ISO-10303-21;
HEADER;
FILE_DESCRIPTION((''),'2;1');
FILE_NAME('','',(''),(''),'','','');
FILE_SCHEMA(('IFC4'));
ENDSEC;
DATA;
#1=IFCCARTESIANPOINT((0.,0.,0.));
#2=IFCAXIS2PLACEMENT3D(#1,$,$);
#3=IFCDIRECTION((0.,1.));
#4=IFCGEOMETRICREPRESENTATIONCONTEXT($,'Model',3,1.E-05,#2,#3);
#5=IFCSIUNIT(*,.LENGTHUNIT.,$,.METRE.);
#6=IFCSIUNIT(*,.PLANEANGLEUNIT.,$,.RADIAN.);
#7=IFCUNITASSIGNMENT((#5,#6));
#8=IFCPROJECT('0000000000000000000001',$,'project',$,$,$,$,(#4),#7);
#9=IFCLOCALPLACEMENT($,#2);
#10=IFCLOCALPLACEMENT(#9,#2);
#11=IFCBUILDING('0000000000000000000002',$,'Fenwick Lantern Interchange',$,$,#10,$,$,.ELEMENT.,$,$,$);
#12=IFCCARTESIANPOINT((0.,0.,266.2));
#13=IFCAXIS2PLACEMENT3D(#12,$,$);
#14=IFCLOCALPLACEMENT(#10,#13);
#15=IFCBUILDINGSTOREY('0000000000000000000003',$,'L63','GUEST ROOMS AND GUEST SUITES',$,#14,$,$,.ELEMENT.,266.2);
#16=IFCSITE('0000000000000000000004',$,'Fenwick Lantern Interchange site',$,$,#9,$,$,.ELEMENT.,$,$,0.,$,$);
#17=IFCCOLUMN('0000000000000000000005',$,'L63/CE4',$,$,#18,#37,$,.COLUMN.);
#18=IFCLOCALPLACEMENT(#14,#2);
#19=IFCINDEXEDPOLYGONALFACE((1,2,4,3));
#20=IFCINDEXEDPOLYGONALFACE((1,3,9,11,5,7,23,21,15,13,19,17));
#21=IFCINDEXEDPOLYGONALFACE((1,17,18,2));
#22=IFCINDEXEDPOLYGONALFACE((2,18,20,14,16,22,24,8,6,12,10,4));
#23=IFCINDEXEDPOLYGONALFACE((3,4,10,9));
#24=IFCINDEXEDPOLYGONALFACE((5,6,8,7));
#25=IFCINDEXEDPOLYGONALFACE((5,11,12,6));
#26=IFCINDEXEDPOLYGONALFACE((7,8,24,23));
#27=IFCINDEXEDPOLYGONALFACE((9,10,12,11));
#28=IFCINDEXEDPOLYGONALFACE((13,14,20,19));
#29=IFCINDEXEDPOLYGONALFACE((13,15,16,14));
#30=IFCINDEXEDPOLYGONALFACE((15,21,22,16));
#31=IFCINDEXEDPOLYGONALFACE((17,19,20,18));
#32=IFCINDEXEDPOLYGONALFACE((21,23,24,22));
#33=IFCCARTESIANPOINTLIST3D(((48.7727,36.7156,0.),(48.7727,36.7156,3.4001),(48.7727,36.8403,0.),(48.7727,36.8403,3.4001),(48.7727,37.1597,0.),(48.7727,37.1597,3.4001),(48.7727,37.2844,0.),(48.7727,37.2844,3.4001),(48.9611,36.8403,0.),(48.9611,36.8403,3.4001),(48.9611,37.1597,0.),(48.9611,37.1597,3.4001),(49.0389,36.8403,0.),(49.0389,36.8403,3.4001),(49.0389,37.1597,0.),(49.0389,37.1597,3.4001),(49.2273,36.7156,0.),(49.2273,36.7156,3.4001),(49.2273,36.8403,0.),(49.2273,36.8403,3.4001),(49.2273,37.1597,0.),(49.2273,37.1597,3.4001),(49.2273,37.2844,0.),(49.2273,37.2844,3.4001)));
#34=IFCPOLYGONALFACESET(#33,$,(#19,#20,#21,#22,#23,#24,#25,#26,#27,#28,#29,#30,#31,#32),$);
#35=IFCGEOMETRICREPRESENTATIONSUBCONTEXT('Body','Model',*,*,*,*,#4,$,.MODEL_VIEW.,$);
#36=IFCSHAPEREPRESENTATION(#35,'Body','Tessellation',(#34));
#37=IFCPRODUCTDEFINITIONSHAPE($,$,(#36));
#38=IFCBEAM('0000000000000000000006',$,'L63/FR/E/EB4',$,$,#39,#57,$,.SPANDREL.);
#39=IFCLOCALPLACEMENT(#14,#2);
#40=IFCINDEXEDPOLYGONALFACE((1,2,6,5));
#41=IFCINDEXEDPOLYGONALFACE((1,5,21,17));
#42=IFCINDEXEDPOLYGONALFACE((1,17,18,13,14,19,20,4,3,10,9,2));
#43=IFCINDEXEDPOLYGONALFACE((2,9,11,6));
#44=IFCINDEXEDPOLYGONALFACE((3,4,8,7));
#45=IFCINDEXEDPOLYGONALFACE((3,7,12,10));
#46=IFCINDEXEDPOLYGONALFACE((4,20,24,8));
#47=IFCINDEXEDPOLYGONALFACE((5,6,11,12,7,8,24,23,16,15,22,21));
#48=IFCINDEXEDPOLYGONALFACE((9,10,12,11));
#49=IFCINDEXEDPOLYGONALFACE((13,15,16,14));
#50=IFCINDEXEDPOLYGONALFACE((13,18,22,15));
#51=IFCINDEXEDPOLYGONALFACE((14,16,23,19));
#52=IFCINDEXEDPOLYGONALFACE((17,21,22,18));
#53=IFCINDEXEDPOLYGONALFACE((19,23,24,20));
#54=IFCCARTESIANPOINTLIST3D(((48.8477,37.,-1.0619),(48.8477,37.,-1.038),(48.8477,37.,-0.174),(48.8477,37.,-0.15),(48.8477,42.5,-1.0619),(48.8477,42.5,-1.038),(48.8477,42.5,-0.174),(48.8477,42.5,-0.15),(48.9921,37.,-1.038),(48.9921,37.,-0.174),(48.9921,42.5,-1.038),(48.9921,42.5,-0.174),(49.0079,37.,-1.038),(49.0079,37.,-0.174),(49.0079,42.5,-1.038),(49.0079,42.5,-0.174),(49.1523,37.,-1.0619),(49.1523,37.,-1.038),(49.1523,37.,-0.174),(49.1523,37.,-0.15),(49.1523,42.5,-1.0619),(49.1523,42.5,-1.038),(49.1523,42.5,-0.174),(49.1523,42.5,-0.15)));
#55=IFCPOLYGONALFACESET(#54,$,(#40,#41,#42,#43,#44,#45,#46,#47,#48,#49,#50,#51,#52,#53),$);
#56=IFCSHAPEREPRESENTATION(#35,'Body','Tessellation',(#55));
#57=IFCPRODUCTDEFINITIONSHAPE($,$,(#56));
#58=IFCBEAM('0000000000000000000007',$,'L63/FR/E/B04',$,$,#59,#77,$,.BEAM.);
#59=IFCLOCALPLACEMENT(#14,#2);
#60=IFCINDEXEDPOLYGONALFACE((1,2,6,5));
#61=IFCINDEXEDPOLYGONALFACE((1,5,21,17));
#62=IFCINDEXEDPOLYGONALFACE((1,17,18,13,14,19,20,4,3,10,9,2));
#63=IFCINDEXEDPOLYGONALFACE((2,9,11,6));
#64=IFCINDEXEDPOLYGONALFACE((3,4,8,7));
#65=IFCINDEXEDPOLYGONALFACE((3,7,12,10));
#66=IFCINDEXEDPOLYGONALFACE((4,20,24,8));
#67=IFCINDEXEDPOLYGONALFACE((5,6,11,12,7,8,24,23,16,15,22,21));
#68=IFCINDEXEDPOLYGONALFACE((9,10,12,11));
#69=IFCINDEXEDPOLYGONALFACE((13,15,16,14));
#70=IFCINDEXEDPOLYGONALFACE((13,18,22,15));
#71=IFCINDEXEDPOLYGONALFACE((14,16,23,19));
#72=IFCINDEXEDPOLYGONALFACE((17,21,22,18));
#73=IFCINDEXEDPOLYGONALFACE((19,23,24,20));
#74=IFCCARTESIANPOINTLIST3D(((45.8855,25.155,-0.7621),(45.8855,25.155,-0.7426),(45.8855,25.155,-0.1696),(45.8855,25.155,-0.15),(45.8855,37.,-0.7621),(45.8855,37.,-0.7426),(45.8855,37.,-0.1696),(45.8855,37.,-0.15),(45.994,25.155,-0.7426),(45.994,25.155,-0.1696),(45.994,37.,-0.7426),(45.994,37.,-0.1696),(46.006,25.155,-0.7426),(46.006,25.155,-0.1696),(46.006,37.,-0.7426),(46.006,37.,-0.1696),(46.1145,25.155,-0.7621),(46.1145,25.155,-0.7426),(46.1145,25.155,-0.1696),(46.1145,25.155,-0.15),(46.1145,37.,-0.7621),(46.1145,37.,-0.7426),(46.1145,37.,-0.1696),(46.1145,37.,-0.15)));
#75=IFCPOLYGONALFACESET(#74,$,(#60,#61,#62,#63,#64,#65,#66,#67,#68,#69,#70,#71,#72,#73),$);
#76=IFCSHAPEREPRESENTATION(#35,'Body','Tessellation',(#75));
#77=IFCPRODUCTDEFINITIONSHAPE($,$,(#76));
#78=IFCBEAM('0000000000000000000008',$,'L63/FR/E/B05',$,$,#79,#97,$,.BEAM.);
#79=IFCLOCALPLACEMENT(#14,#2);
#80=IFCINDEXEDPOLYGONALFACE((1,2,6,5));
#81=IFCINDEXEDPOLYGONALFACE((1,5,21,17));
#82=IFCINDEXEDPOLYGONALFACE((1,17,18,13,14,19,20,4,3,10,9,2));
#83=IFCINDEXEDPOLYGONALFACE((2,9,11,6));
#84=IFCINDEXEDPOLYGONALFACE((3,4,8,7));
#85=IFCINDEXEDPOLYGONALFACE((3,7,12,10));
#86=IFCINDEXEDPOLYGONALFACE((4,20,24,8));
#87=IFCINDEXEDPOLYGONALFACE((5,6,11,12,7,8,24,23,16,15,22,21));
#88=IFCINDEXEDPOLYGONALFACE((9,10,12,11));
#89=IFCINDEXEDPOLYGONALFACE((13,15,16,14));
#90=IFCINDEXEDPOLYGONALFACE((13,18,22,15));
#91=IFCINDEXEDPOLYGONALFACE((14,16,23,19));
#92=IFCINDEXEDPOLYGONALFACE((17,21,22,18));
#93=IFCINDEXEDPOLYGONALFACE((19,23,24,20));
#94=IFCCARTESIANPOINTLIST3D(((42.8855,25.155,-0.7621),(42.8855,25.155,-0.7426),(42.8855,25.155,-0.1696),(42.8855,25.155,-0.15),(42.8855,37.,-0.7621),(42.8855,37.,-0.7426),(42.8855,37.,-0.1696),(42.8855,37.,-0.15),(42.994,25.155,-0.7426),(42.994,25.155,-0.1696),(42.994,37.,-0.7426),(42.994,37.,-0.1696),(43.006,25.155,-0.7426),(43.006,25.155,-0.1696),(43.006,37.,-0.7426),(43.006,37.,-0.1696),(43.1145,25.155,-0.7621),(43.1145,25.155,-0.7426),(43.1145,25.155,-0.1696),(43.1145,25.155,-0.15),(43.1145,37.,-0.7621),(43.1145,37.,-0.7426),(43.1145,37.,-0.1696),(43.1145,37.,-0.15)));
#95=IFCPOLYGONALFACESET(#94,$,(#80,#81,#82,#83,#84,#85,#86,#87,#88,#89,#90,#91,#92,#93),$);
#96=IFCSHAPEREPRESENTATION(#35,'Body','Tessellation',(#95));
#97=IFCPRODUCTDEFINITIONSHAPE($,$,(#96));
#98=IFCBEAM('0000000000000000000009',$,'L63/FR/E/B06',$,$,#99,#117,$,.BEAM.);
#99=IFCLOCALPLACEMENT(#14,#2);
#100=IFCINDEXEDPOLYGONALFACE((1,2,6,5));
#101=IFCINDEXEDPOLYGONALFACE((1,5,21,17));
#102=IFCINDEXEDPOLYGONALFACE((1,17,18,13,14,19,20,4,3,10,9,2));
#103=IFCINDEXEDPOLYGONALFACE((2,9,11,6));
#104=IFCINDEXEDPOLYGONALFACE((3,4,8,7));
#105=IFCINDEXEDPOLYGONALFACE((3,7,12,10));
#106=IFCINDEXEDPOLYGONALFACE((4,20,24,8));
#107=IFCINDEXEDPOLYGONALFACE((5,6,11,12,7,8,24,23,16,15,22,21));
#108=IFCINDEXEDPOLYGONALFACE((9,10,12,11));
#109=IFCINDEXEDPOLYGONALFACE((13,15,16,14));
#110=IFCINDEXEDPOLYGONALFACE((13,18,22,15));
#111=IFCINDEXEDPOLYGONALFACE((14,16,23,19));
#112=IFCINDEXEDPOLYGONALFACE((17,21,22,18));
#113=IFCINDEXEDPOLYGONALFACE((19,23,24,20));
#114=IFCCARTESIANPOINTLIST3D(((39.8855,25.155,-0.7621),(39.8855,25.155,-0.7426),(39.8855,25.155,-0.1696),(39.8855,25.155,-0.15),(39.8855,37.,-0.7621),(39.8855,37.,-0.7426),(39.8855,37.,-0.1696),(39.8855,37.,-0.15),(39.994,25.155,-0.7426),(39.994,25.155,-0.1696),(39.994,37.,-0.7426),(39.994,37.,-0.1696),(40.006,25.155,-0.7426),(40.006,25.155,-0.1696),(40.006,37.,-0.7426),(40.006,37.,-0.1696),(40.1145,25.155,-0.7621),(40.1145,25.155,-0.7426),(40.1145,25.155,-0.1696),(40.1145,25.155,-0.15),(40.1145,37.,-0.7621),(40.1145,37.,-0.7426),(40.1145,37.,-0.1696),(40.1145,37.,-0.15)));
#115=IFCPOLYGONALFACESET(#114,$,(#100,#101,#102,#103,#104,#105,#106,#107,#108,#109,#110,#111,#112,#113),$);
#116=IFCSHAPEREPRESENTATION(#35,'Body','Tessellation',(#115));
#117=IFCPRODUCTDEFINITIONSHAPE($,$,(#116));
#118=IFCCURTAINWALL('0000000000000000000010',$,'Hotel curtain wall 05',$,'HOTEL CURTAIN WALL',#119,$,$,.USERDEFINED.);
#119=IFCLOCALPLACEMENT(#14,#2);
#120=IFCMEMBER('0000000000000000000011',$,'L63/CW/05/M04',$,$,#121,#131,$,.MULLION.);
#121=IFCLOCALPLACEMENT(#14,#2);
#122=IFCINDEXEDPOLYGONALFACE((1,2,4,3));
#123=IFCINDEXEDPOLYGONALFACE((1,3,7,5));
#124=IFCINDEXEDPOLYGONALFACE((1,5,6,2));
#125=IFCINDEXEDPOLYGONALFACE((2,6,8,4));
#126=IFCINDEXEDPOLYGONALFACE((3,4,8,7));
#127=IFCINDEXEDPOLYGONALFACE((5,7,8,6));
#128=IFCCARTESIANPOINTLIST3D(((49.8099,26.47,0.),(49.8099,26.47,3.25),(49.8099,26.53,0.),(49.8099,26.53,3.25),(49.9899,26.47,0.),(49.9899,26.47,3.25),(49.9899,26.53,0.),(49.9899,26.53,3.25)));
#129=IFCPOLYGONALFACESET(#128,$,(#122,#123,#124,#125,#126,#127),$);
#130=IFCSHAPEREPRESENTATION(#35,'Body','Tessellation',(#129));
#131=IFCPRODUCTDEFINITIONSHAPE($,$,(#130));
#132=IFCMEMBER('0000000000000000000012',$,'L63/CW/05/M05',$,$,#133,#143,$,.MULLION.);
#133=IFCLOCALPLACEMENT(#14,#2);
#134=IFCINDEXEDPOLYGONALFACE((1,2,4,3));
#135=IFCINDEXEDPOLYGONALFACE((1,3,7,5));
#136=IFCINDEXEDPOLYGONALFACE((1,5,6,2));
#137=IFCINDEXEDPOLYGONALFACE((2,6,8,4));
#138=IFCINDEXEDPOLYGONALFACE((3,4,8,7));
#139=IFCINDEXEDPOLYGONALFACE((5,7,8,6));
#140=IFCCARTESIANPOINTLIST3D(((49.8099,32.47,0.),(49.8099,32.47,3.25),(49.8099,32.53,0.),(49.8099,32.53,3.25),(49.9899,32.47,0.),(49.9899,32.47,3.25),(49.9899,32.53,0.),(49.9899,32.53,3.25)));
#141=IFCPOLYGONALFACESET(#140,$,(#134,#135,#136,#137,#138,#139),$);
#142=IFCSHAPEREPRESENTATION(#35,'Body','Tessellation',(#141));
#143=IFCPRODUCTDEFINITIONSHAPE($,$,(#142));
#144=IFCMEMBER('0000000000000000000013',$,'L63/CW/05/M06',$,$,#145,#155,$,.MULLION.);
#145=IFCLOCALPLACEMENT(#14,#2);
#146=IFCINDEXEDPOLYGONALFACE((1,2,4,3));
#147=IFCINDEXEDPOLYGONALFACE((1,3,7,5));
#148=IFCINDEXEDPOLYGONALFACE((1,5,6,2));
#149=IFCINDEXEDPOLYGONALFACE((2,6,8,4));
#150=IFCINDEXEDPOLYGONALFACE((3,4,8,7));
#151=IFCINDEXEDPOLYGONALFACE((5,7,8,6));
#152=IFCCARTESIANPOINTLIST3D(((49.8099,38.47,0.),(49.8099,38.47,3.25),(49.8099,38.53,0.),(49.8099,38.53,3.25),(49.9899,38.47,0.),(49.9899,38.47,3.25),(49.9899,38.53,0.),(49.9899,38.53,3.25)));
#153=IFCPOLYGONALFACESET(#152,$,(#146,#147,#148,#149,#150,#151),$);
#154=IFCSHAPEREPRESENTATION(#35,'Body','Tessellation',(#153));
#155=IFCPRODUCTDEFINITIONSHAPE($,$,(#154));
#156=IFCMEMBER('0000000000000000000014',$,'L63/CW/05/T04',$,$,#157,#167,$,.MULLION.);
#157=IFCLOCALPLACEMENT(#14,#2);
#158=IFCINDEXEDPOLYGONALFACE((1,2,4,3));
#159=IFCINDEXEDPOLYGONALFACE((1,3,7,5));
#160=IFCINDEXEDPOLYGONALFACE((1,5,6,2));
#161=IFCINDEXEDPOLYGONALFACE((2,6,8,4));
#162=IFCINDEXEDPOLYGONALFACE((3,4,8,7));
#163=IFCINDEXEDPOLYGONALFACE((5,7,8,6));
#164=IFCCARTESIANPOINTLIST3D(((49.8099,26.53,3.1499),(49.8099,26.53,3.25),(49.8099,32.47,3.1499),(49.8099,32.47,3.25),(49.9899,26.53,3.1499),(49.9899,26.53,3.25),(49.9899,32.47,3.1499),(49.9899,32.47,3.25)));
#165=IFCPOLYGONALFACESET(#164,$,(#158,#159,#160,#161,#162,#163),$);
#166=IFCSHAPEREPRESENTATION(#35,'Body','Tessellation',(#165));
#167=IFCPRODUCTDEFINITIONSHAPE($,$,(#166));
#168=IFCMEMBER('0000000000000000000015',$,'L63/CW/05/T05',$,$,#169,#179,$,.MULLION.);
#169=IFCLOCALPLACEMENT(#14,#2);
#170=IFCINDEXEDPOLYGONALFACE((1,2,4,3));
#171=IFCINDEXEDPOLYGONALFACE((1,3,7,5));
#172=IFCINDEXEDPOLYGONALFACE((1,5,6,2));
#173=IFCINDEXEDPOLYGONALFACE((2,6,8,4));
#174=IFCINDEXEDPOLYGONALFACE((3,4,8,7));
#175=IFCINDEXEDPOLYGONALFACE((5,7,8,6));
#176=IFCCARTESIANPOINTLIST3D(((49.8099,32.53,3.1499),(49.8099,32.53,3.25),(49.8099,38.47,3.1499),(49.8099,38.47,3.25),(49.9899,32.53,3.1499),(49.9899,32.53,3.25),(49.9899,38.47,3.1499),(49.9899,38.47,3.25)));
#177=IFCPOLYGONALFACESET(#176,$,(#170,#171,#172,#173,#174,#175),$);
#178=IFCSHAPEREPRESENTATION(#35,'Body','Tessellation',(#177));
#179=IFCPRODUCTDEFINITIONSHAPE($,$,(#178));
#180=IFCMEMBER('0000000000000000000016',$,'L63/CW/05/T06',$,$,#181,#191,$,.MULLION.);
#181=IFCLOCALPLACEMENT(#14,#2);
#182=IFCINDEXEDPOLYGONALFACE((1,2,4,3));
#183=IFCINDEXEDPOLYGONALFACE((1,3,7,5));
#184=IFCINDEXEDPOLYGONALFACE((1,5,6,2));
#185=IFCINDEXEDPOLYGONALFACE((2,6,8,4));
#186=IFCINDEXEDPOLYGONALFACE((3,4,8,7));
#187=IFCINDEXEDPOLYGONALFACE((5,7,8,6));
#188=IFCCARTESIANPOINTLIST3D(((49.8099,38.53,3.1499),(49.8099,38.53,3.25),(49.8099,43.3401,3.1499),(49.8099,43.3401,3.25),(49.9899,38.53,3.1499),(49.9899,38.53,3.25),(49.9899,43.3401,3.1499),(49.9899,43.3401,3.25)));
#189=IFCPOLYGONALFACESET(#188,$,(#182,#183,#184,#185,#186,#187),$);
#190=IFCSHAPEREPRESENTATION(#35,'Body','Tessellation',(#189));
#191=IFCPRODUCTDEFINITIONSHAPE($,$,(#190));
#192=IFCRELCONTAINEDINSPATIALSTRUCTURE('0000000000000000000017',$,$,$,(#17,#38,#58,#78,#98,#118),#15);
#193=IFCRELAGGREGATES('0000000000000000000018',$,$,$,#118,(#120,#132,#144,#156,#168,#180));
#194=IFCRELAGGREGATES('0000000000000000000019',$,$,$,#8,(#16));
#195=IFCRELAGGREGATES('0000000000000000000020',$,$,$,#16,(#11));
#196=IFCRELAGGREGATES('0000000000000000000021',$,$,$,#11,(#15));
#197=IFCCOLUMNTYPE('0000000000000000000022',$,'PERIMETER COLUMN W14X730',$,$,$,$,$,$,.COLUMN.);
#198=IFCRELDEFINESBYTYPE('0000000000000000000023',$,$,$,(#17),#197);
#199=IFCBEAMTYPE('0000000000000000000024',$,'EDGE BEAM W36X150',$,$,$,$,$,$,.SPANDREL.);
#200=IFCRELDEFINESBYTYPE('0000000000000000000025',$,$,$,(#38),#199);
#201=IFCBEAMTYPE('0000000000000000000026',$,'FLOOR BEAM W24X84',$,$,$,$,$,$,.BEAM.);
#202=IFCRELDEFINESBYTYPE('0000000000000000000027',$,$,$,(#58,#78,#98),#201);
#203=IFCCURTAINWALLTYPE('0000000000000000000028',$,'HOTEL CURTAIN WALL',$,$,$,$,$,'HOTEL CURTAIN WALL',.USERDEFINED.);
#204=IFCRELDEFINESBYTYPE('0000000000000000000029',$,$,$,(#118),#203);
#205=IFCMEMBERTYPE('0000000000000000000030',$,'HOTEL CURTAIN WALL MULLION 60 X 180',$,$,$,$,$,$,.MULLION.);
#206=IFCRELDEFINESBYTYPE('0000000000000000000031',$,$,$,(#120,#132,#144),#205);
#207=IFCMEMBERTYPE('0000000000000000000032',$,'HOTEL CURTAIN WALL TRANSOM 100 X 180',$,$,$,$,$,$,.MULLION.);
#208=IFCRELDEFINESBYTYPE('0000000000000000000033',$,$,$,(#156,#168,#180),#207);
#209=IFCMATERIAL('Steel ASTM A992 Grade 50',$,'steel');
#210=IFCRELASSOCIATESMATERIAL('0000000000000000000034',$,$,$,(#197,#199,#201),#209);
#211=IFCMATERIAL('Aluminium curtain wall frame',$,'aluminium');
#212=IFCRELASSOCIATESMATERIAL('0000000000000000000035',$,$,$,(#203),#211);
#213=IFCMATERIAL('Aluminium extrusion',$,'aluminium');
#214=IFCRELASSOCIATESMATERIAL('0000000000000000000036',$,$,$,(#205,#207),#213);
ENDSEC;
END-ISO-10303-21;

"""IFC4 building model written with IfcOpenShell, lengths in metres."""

from ifc_helpers import new_model, si_unit, direction, frame, origin, origin_2d, place, context, subcontext, project, spatial, rectangle, i_section, extrude, material, material_profile, profile_set, type_object, element, aggregate, save


model = new_model("IFC4")

# Units and contexts
model_context = context("Model", 3, precision=1e-05, world=origin(), true_north=direction((0.0, 1.0)))
body_context = subcontext(model_context, "Body", "Model", "MODEL_VIEW")
ifc_project = project(units=[si_unit("LENGTHUNIT", "METRE"), si_unit("PLANEANGLEUNIT", "RADIAN")], contexts=[model_context])

# Site, building, storey
site_placement = place(None, origin())
site = spatial("IfcSite", under=ifc_project, at=site_placement, Name="Fenwick Lantern Interchange site", CompositionType="ELEMENT", RefElevation=0.0)
building_placement = place(site_placement, origin())
building = spatial("IfcBuilding", under=site, at=building_placement, Name="Fenwick Lantern Interchange", CompositionType="ELEMENT")
storey_placement = place(building_placement, frame((0.0, 0.0, 266.2)))
storey = spatial("IfcBuildingStorey", under=building, at=storey_placement, Name="L63", Description="GUEST ROOMS AND GUEST SUITES", CompositionType="ELEMENT", Elevation=266.2)

# Column
ifc_material_1 = material(Name="Steel ASTM A992 Grade 50", Category="steel")
ifc_material_profile_1 = material_profile(ifc_material_1, i_section(OverallWidth=0.4546, OverallDepth=0.5688, WebThickness=0.0779, FlangeThickness=0.1248, at=origin_2d()), Name="W14X730")
ifc_profile_set_1 = profile_set([ifc_material_profile_1], Name="Steel ASTM A992 Grade 50")
column_type = type_object("IfcColumnType", Name="PERIMETER COLUMN W14X730", PredefinedType="COLUMN", material=ifc_profile_set_1)
column_placement = place(storey_placement, frame((49.0, 37.0, 0.0), z_axis=(0.0, 0.0, 1.0), x_axis=(1.0, 0.0, 0.0)))
element("IfcColumn", 1, at=column_placement, inside=storey, type_object=column_type, Name="L63/CE4", PredefinedType="COLUMN", context=body_context, shape_type="SweptSolid", body=[
    extrude(i_section(OverallWidth=0.4546, OverallDepth=0.5688, WebThickness=0.0779, FlangeThickness=0.1248, at=origin_2d()), origin(), (0.0, 0.0, 1.0), 3.4001),
])

# Beams
ifc_material_profile_2 = material_profile(ifc_material_1, i_section(OverallWidth=0.3047, OverallDepth=0.9119, WebThickness=0.0159, FlangeThickness=0.0239, at=origin_2d()), Name="W36X150")
ifc_profile_set_2 = profile_set([ifc_material_profile_2], Name="Steel ASTM A992 Grade 50")
beam_type_1 = type_object("IfcBeamType", Name="EDGE BEAM W36X150", PredefinedType="SPANDREL", material=ifc_profile_set_2)
beam_1_placement = place(storey_placement, frame((49.0, 37.0, -0.606), z_axis=(0.0, 1.0, 0.0), x_axis=(-1.0, 0.0, 0.0)))
element("IfcBeam", 2, at=beam_1_placement, inside=storey, type_object=beam_type_1, Name="L63/FR/E/EB4", PredefinedType="SPANDREL", context=body_context, shape_type="SweptSolid", body=[
    extrude(i_section(OverallWidth=0.3047, OverallDepth=0.9119, WebThickness=0.0159, FlangeThickness=0.0239, at=origin_2d()), origin(), (0.0, 0.0, 1.0), 5.5),
])
ifc_material_profile_3 = material_profile(ifc_material_1, i_section(OverallWidth=0.229, OverallDepth=0.6121, WebThickness=0.012, FlangeThickness=0.0195, at=origin_2d()), Name="W24X84")
ifc_profile_set_3 = profile_set([ifc_material_profile_3], Name="Steel ASTM A992 Grade 50")
beam_type_2 = type_object("IfcBeamType", Name="FLOOR BEAM W24X84", PredefinedType="BEAM", material=ifc_profile_set_3)
for number, where, z_axis, x_axis, name in (
    (3, (46.0, 25.155, -0.4561), (0.0, 1.0, 0.0), (-1.0, 0.0, 0.0), "L63/FR/E/B04"),
    (4, (43.0, 25.155, -0.4561), (0.0, 1.0, 0.0), (-1.0, 0.0, 0.0), "L63/FR/E/B05"),
    (5, (40.0, 25.155, -0.4561), (0.0, 1.0, 0.0), (-1.0, 0.0, 0.0), "L63/FR/E/B06"),
):
    element("IfcBeam", number, at=place(storey_placement, frame(where, z_axis=z_axis, x_axis=x_axis)), inside=storey, type_object=beam_type_2, Name=name, PredefinedType="BEAM", context=body_context, shape_type="SweptSolid", body=[
        extrude(i_section(OverallWidth=0.229, OverallDepth=0.6121, WebThickness=0.012, FlangeThickness=0.0195, at=origin_2d()), origin(), (0.0, 0.0, 1.0), 11.845),
    ])

# Curtain wall, members
ifc_material_2 = material(Name="Aluminium curtain wall frame", Category="aluminium")
curtain_wall_type = type_object("IfcCurtainWallType", Name="HOTEL CURTAIN WALL", ElementType="HOTEL CURTAIN WALL", PredefinedType="USERDEFINED", material=ifc_material_2)
curtain_wall_placement = place(storey_placement, origin())
curtain_wall = element("IfcCurtainWall", 6, at=curtain_wall_placement, inside=storey, type_object=curtain_wall_type, Name="Hotel curtain wall 05", ObjectType="HOTEL CURTAIN WALL", PredefinedType="USERDEFINED")
ifc_material_3 = material(Name="Aluminium extrusion", Category="aluminium")
ifc_material_profile_4 = material_profile(ifc_material_3, rectangle(XDim=0.1799, YDim=0.0601, at=origin_2d()), Name="HOTEL CURTAIN WALL MULLION 60 X 180")
ifc_profile_set_4 = profile_set([ifc_material_profile_4], Name="Aluminium extrusion")
member_type_1 = type_object("IfcMemberType", Name="HOTEL CURTAIN WALL MULLION 60 X 180", PredefinedType="MULLION", material=ifc_profile_set_4)
member_1_placement = place(storey_placement, frame((49.8999, 26.5, 0.0), z_axis=(0.0, 0.0, 1.0), x_axis=(-1.0, 0.0, 0.0)))
member_1 = element("IfcMember", 7, at=member_1_placement, type_object=member_type_1, Name="L63/CW/05/M04", PredefinedType="MULLION", context=body_context, shape_type="SweptSolid", body=[
    extrude(rectangle(XDim=0.1799, YDim=0.0601, at=origin_2d()), origin(), (0.0, 0.0, 1.0), 3.25),
])
member_2_placement = place(storey_placement, frame((49.8999, 32.5, 0.0), z_axis=(0.0, 0.0, 1.0), x_axis=(-1.0, 0.0, 0.0)))
member_2 = element("IfcMember", 8, at=member_2_placement, type_object=member_type_1, Name="L63/CW/05/M05", PredefinedType="MULLION", context=body_context, shape_type="SweptSolid", body=[
    extrude(rectangle(XDim=0.1799, YDim=0.0601, at=origin_2d()), origin(), (0.0, 0.0, 1.0), 3.25),
])
member_3_placement = place(storey_placement, frame((49.8999, 38.5, 0.0), z_axis=(0.0, 0.0, 1.0), x_axis=(-1.0, 0.0, 0.0)))
member_3 = element("IfcMember", 9, at=member_3_placement, type_object=member_type_1, Name="L63/CW/05/M06", PredefinedType="MULLION", context=body_context, shape_type="SweptSolid", body=[
    extrude(rectangle(XDim=0.1799, YDim=0.0601, at=origin_2d()), origin(), (0.0, 0.0, 1.0), 3.25),
])
ifc_material_profile_5 = material_profile(ifc_material_3, rectangle(XDim=0.1799, YDim=0.1001, at=origin_2d()), Name="HOTEL CURTAIN WALL TRANSOM 100 X 180")
ifc_profile_set_5 = profile_set([ifc_material_profile_5], Name="Aluminium extrusion")
member_type_2 = type_object("IfcMemberType", Name="HOTEL CURTAIN WALL TRANSOM 100 X 180", PredefinedType="MULLION", material=ifc_profile_set_5)
member_4_placement = place(storey_placement, frame((49.8999, 26.53, 3.2), z_axis=(0.0, 1.0, 0.0), x_axis=(-1.0, 0.0, 0.0)))
member_4 = element("IfcMember", 10, at=member_4_placement, type_object=member_type_2, Name="L63/CW/05/T04", PredefinedType="MULLION", context=body_context, shape_type="SweptSolid", body=[
    extrude(rectangle(XDim=0.1799, YDim=0.1001, at=origin_2d()), origin(), (0.0, 0.0, 1.0), 5.9399),
])
member_5_placement = place(storey_placement, frame((49.8999, 32.53, 3.2), z_axis=(0.0, 1.0, 0.0), x_axis=(-1.0, 0.0, 0.0)))
member_5 = element("IfcMember", 11, at=member_5_placement, type_object=member_type_2, Name="L63/CW/05/T05", PredefinedType="MULLION", context=body_context, shape_type="SweptSolid", body=[
    extrude(rectangle(XDim=0.1799, YDim=0.1001, at=origin_2d()), origin(), (0.0, 0.0, 1.0), 5.9399),
])
member_6_placement = place(storey_placement, frame((49.8999, 38.53, 3.2), z_axis=(0.0, 1.0, 0.0), x_axis=(-1.0, 0.0, 0.0)))
member_6 = element("IfcMember", 12, at=member_6_placement, type_object=member_type_2, Name="L63/CW/05/T06", PredefinedType="MULLION", context=body_context, shape_type="SweptSolid", body=[
    extrude(rectangle(XDim=0.1799, YDim=0.1001, at=origin_2d()), origin(), (0.0, 0.0, 1.0), 4.8101),
])
aggregate(curtain_wall, [member_1, member_2, member_3, member_4, member_5, member_6])

save(model, "model.ifc")
